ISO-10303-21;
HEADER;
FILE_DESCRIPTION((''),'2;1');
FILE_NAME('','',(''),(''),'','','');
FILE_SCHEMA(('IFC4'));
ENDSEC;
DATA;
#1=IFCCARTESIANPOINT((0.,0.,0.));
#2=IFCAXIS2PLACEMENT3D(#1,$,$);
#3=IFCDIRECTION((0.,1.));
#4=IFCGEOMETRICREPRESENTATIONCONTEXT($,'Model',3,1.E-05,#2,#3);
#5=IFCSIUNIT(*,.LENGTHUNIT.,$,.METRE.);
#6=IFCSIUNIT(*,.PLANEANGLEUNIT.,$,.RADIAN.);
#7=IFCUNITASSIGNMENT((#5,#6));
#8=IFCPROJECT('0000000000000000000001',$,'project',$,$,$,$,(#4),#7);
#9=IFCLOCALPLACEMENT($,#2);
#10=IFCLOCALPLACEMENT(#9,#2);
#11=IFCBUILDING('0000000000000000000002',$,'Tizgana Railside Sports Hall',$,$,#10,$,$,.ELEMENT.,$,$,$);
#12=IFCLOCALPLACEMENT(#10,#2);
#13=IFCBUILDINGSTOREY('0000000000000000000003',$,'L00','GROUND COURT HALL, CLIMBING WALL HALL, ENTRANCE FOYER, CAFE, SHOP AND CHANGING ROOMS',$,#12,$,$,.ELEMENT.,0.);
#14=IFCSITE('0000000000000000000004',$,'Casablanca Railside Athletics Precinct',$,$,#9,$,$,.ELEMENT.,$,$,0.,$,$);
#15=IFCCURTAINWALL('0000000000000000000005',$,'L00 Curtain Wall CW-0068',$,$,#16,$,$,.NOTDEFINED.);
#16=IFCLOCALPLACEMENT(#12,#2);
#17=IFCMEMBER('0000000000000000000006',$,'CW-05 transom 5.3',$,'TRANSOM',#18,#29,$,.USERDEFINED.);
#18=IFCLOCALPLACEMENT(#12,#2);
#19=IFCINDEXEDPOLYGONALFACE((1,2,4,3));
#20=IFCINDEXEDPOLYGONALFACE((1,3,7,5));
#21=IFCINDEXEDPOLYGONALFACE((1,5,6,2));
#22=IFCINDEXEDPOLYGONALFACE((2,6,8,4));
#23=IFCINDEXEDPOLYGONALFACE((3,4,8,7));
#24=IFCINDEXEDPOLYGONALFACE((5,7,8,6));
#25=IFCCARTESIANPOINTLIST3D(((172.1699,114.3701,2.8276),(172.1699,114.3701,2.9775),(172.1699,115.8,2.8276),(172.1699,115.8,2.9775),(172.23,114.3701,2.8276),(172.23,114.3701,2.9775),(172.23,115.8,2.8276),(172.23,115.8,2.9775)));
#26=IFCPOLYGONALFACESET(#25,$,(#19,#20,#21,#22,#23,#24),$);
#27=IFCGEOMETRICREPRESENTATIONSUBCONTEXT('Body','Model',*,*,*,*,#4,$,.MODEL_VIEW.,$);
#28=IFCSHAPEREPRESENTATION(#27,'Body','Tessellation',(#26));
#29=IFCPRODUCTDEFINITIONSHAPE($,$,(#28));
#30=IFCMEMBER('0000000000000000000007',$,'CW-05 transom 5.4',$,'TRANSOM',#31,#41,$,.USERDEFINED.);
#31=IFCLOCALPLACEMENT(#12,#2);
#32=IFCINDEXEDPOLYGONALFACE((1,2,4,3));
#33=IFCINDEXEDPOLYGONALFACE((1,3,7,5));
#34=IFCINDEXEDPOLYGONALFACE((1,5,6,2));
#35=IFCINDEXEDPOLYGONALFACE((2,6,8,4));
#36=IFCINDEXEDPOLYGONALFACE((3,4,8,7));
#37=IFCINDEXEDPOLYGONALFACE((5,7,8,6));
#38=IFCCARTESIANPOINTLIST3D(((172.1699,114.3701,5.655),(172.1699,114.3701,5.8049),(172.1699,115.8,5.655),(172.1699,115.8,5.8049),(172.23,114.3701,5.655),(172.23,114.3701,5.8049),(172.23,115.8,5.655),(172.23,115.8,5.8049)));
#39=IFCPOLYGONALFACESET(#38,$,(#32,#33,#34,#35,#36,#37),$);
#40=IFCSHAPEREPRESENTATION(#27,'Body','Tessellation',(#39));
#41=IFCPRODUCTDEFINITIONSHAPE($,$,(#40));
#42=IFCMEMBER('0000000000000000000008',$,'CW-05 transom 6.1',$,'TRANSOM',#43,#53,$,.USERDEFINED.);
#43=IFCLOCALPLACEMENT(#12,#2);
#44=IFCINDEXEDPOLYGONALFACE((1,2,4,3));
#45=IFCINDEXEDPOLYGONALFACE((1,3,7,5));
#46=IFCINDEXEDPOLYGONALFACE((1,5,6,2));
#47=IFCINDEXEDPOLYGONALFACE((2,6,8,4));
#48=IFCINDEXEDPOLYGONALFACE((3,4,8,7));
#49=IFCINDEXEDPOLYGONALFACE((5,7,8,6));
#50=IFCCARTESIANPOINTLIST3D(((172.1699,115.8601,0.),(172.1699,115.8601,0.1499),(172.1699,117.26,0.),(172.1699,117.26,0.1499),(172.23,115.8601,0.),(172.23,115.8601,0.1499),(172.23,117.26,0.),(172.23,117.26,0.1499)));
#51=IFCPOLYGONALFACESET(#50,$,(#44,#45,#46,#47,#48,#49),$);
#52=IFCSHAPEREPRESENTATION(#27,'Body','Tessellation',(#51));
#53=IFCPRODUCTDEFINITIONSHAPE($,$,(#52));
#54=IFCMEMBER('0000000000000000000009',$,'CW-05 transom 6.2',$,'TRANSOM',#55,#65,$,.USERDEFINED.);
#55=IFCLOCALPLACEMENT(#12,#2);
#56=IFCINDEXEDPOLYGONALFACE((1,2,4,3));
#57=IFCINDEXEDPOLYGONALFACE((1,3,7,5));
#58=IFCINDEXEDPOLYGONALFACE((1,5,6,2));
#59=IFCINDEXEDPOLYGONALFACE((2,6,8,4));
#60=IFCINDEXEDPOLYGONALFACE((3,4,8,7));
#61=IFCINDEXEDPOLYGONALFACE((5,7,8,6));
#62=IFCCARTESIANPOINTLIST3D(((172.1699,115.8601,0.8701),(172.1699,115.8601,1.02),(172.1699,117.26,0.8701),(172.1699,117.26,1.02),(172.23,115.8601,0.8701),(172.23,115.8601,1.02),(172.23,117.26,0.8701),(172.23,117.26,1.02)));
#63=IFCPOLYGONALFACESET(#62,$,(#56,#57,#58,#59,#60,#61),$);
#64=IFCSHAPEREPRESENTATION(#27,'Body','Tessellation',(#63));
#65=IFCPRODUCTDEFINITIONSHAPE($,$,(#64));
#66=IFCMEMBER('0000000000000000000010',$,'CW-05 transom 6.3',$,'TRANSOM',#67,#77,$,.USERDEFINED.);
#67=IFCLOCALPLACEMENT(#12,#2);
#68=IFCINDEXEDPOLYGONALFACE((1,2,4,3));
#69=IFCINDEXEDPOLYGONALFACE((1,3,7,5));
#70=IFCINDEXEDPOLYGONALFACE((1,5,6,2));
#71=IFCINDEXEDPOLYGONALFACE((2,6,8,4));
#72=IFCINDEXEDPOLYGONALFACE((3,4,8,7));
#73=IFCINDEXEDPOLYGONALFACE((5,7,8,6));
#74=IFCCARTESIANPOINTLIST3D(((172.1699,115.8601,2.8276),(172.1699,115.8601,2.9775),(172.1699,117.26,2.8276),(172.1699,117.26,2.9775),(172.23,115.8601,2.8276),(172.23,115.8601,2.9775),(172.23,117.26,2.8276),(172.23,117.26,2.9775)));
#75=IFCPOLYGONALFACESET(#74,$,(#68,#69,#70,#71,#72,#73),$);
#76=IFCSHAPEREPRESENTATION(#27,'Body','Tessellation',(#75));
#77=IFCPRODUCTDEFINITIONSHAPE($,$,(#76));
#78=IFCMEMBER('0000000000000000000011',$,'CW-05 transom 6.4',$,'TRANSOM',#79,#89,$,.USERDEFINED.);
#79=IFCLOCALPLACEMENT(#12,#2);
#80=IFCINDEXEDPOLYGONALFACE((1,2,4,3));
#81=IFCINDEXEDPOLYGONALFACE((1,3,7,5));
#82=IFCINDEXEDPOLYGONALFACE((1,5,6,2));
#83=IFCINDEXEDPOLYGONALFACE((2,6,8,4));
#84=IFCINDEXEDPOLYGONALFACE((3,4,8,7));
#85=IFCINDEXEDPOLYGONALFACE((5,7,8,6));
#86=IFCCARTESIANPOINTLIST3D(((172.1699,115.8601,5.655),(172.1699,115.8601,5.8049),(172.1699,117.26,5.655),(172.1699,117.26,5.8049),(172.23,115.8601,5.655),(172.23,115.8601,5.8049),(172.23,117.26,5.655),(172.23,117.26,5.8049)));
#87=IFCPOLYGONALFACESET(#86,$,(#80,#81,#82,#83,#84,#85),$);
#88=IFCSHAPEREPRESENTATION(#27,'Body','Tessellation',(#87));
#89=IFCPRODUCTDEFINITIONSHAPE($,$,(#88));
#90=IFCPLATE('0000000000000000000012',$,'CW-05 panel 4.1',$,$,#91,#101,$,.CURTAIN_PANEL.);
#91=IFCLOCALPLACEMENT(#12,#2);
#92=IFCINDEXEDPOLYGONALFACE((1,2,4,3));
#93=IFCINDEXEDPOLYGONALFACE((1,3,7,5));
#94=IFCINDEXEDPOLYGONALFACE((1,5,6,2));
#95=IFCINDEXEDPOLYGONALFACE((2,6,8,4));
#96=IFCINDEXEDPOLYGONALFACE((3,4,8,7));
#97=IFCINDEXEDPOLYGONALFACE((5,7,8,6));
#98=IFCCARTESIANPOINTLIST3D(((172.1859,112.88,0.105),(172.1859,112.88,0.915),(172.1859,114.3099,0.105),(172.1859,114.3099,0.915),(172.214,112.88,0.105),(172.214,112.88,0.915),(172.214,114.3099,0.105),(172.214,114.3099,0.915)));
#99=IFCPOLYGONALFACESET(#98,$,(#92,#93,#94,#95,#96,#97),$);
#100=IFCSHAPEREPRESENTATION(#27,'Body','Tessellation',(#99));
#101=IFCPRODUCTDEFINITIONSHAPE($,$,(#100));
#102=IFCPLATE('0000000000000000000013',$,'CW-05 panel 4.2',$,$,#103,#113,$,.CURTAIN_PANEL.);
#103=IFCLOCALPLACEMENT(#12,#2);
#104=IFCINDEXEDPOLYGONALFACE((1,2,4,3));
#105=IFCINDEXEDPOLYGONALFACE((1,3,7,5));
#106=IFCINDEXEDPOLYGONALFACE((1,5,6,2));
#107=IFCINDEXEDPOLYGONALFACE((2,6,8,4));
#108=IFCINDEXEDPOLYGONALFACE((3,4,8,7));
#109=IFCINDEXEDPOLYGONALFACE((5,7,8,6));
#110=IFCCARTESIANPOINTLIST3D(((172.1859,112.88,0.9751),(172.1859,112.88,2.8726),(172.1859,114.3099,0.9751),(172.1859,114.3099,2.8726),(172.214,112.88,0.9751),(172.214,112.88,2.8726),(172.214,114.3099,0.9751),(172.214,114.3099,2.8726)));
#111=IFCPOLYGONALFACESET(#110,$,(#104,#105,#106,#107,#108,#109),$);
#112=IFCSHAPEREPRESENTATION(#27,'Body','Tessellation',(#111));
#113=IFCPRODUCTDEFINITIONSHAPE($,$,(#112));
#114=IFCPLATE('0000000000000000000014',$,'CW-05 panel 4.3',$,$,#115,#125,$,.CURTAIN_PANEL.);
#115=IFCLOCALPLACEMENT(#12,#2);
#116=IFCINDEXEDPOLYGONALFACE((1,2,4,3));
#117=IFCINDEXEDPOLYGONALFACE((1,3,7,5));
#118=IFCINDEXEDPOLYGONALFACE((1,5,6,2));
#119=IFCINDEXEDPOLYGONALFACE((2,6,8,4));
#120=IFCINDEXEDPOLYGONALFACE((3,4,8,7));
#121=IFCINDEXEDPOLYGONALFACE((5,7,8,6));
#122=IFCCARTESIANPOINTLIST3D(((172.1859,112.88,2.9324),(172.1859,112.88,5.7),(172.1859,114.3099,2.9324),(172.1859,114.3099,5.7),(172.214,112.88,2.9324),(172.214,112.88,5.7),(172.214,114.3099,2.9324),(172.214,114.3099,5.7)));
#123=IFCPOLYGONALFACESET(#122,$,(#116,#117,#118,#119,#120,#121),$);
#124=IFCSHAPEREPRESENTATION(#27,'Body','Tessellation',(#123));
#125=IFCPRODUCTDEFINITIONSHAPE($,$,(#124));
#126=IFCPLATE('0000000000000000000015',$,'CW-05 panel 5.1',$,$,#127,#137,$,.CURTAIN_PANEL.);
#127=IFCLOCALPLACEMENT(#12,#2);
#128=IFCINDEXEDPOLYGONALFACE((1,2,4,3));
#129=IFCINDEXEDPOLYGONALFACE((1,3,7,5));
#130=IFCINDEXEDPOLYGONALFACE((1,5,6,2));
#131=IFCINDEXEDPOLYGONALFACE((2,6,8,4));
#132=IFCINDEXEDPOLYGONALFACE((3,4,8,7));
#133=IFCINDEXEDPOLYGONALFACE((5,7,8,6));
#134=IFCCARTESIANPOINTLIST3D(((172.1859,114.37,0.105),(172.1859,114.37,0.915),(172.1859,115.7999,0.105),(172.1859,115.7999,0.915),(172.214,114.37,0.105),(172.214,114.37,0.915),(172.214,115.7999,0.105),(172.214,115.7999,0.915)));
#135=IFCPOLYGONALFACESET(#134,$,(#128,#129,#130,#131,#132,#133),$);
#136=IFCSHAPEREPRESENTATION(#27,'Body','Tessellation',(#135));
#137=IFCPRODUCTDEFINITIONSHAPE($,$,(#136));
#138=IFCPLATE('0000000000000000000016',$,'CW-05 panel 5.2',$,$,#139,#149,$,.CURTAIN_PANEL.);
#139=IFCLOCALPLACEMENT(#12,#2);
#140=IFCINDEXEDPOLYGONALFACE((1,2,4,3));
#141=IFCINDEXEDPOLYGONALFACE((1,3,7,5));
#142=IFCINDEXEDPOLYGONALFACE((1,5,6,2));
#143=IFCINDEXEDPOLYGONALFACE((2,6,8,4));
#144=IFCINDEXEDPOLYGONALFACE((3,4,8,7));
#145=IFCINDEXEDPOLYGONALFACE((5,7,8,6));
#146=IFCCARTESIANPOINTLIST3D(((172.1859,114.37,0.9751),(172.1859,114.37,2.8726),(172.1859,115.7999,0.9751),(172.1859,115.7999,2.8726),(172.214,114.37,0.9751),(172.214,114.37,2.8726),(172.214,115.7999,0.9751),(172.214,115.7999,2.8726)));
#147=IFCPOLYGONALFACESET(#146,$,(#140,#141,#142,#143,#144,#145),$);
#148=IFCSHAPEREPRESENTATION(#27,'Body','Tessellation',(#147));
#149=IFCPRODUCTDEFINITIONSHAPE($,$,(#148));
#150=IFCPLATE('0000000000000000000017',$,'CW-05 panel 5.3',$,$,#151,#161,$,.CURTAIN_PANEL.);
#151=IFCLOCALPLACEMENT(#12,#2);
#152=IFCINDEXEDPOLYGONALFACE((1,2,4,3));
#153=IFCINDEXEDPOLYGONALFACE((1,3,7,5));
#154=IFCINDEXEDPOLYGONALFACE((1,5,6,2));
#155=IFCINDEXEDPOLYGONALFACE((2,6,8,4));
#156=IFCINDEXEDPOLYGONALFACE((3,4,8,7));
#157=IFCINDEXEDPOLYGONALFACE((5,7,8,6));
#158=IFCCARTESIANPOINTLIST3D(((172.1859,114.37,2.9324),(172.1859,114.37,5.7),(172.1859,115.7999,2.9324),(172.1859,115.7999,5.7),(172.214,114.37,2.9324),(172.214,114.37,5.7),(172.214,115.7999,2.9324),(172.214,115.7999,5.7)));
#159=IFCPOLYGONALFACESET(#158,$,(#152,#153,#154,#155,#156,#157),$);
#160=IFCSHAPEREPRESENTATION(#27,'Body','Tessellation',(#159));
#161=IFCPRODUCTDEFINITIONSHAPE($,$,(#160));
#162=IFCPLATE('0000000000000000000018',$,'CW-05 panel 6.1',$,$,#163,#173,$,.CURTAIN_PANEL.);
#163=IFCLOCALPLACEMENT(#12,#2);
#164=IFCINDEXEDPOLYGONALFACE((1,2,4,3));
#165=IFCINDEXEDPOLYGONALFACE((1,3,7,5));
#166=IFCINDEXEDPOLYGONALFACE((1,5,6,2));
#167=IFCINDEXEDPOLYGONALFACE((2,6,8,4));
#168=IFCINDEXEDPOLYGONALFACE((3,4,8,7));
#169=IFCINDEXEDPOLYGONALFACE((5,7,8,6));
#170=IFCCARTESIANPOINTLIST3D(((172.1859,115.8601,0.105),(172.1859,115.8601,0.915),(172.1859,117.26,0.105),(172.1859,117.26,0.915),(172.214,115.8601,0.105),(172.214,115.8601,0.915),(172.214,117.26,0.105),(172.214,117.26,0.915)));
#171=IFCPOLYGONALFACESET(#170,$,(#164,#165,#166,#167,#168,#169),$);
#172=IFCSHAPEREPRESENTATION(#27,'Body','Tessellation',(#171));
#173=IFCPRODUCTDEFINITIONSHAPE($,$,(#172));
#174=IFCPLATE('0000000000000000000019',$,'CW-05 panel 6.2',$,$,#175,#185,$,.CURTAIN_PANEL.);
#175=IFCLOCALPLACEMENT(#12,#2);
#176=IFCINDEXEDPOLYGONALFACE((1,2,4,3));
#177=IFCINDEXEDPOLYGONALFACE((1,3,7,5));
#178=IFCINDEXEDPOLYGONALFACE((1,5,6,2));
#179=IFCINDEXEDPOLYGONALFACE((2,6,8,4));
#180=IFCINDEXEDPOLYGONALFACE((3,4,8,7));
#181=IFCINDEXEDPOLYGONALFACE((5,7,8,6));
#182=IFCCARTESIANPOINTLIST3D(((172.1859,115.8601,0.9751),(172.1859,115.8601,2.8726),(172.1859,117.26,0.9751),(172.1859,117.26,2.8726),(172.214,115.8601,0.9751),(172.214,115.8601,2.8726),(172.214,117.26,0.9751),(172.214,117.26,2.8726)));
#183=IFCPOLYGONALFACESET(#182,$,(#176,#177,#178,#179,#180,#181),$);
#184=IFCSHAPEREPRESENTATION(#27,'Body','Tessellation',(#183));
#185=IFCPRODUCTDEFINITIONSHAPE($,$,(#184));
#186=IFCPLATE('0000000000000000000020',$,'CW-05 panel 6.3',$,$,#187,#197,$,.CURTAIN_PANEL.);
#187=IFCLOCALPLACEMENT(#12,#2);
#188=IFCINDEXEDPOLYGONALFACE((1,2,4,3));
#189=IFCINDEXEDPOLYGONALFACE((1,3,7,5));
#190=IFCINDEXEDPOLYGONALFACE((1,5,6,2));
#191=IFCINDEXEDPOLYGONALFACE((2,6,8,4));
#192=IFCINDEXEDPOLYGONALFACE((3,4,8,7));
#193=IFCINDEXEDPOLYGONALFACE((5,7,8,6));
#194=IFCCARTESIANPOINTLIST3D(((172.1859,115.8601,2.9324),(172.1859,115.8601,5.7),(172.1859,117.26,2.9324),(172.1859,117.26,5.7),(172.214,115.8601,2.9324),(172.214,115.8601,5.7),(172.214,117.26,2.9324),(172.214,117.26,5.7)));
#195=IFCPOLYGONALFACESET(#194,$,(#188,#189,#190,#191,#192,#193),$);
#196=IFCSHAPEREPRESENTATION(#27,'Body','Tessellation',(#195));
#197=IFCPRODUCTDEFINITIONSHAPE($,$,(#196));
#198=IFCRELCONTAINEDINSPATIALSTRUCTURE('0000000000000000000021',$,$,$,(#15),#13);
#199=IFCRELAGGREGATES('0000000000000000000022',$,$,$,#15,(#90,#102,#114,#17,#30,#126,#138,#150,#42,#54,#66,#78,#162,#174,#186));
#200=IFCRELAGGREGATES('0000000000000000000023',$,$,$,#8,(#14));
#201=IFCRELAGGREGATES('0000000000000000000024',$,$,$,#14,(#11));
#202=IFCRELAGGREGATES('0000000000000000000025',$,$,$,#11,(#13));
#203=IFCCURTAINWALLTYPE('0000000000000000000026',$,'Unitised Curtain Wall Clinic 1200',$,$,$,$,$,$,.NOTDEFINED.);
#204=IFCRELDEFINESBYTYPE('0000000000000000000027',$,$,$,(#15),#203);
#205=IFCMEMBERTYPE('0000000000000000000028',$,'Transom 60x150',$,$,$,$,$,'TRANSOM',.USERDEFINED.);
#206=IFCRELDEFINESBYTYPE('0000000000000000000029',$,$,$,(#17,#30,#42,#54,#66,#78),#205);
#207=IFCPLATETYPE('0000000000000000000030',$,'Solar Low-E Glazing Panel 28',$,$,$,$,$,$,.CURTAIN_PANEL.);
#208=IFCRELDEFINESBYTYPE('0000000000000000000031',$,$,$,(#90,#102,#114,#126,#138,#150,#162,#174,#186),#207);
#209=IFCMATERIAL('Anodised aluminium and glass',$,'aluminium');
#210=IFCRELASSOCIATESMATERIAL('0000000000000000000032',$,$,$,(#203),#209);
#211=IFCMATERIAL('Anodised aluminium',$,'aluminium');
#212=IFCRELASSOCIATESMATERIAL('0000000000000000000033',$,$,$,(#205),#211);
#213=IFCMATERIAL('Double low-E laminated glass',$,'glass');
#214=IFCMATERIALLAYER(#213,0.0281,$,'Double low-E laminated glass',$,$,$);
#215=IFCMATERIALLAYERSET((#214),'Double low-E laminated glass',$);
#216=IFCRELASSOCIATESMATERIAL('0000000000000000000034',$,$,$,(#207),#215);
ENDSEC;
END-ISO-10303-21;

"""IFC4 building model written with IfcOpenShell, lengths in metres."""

from ifc_helpers import new_model, si_unit, direction, frame, origin, origin_2d, place, context, subcontext, project, spatial, rectangle, extrude, material, layer, layer_set, material_profile, profile_set, type_object, element, aggregate, save


model = new_model("IFC4")

# Units and contexts
model_context = context("Model", 3, precision=1e-05, world=origin(), true_north=direction((0.0, 1.0)))
body_context = subcontext(model_context, "Body", "Model", "MODEL_VIEW")
ifc_project = project(units=[si_unit("LENGTHUNIT", "METRE"), si_unit("PLANEANGLEUNIT", "RADIAN")], contexts=[model_context])

# Site, building, storey
site_placement = place(None, origin())
site = spatial("IfcSite", under=ifc_project, at=site_placement, Name="Casablanca Railside Athletics Precinct", CompositionType="ELEMENT", RefElevation=0.0)
building_placement = place(site_placement, origin())
building = spatial("IfcBuilding", under=site, at=building_placement, Name="Tizgana Railside Sports Hall", CompositionType="ELEMENT")
storey_placement = place(building_placement, origin())
storey = spatial("IfcBuildingStorey", under=building, at=storey_placement, Name="L00", Description="GROUND COURT HALL, CLIMBING WALL HALL, ENTRANCE FOYER, CAFE, SHOP AND CHANGING ROOMS", CompositionType="ELEMENT", Elevation=0.0)

# Curtain wall
ifc_material_1 = material(Name="Anodised aluminium and glass", Category="aluminium")
curtain_wall_type_1 = type_object("IfcCurtainWallType", Name="Unitised Curtain Wall Clinic 1200", PredefinedType="NOTDEFINED", material=ifc_material_1)
curtain_wall_1_placement = place(storey_placement, origin())
curtain_wall_1 = element("IfcCurtainWall", 1, at=curtain_wall_1_placement, inside=storey, type_object=curtain_wall_type_1, Name="L00 Curtain Wall CW-0068", PredefinedType="NOTDEFINED")
ifc_material_2 = material(Name="Anodised aluminium", Category="aluminium")

# Members
ifc_material_profile_1 = material_profile(ifc_material_2, rectangle(XDim=0.0601, YDim=0.1499, at=origin_2d()), Name="Transom 60x150")
ifc_profile_set_1 = profile_set([ifc_material_profile_1], Name="Anodised aluminium")
member_type_1 = type_object("IfcMemberType", Name="Transom 60x150", ElementType="TRANSOM", PredefinedType="USERDEFINED", material=ifc_profile_set_1)
member_1_placement = place(storey_placement, frame((172.2, 114.3701, 2.9026), z_axis=(0.0, 1.0, 0.0), x_axis=(-1.0, 0.0, 0.0)))
member_1 = element("IfcMember", 2, at=member_1_placement, type_object=member_type_1, Name="CW-05 transom 5.3", ObjectType="TRANSOM", PredefinedType="USERDEFINED", context=body_context, shape_type="SweptSolid", body=[
    extrude(rectangle(XDim=0.0601, YDim=0.1499, at=origin_2d()), origin(), (0.0, 0.0, 1.0), 1.4299),
])
member_2_placement = place(storey_placement, frame((172.2, 114.3701, 5.73), z_axis=(0.0, 1.0, 0.0), x_axis=(-1.0, 0.0, 0.0)))
member_2 = element("IfcMember", 3, at=member_2_placement, type_object=member_type_1, Name="CW-05 transom 5.4", ObjectType="TRANSOM", PredefinedType="USERDEFINED", context=body_context, shape_type="SweptSolid", body=[
    extrude(rectangle(XDim=0.0601, YDim=0.1499, at=origin_2d()), origin(), (0.0, 0.0, 1.0), 1.4299),
])
member_3_placement = place(storey_placement, frame((172.2, 115.8601, 0.075), z_axis=(0.0, 1.0, 0.0), x_axis=(-1.0, 0.0, 0.0)))
member_3 = element("IfcMember", 4, at=member_3_placement, type_object=member_type_1, Name="CW-05 transom 6.1", ObjectType="TRANSOM", PredefinedType="USERDEFINED", context=body_context, shape_type="SweptSolid", body=[
    extrude(rectangle(XDim=0.0601, YDim=0.1499, at=origin_2d()), origin(), (0.0, 0.0, 1.0), 1.3999),
])
member_4_placement = place(storey_placement, frame((172.2, 115.8601, 0.9451), z_axis=(0.0, 1.0, 0.0), x_axis=(-1.0, 0.0, 0.0)))
member_4 = element("IfcMember", 5, at=member_4_placement, type_object=member_type_1, Name="CW-05 transom 6.2", ObjectType="TRANSOM", PredefinedType="USERDEFINED", context=body_context, shape_type="SweptSolid", body=[
    extrude(rectangle(XDim=0.0601, YDim=0.1499, at=origin_2d()), origin(), (0.0, 0.0, 1.0), 1.3999),
])
member_5_placement = place(storey_placement, frame((172.2, 115.8601, 2.9026), z_axis=(0.0, 1.0, 0.0), x_axis=(-1.0, 0.0, 0.0)))
member_5 = element("IfcMember", 6, at=member_5_placement, type_object=member_type_1, Name="CW-05 transom 6.3", ObjectType="TRANSOM", PredefinedType="USERDEFINED", context=body_context, shape_type="SweptSolid", body=[
    extrude(rectangle(XDim=0.0601, YDim=0.1499, at=origin_2d()), origin(), (0.0, 0.0, 1.0), 1.3999),
])
member_6_placement = place(storey_placement, frame((172.2, 115.8601, 5.73), z_axis=(0.0, 1.0, 0.0), x_axis=(-1.0, 0.0, 0.0)))
member_6 = element("IfcMember", 7, at=member_6_placement, type_object=member_type_1, Name="CW-05 transom 6.4", ObjectType="TRANSOM", PredefinedType="USERDEFINED", context=body_context, shape_type="SweptSolid", body=[
    extrude(rectangle(XDim=0.0601, YDim=0.1499, at=origin_2d()), origin(), (0.0, 0.0, 1.0), 1.3999),
])

# Plates
ifc_material_3 = material(Name="Double low-E laminated glass", Category="glass")
ifc_layer_1 = layer(ifc_material_3, 0.0281, Name="Double low-E laminated glass")
ifc_layer_set_1 = layer_set([ifc_layer_1], Name="Double low-E laminated glass")
plate_type = type_object("IfcPlateType", Name="Solar Low-E Glazing Panel 28", PredefinedType="CURTAIN_PANEL", material=ifc_layer_set_1)
plate_1_placement = place(storey_placement, frame((172.2, 113.595, 0.105), z_axis=(0.0, 0.0, 1.0), x_axis=(0.0, 1.0, 0.0)))
plate_1 = element("IfcPlate", 8, at=plate_1_placement, type_object=plate_type, Name="CW-05 panel 4.1", PredefinedType="CURTAIN_PANEL", context=body_context, shape_type="SweptSolid", body=[
    extrude(rectangle(XDim=1.4299, YDim=0.0281, at=origin_2d()), origin(), (0.0, 0.0, 1.0), 0.8101),
])
plate_2_placement = place(storey_placement, frame((172.2, 113.595, 0.9751), z_axis=(0.0, 0.0, 1.0), x_axis=(0.0, 1.0, 0.0)))
plate_2 = element("IfcPlate", 9, at=plate_2_placement, type_object=plate_type, Name="CW-05 panel 4.2", PredefinedType="CURTAIN_PANEL", context=body_context, shape_type="SweptSolid", body=[
    extrude(rectangle(XDim=1.4299, YDim=0.0281, at=origin_2d()), origin(), (0.0, 0.0, 1.0), 1.8975),
])
plate_3_placement = place(storey_placement, frame((172.2, 113.595, 2.9324), z_axis=(0.0, 0.0, 1.0), x_axis=(0.0, 1.0, 0.0)))
plate_3 = element("IfcPlate", 10, at=plate_3_placement, type_object=plate_type, Name="CW-05 panel 4.3", PredefinedType="CURTAIN_PANEL", context=body_context, shape_type="SweptSolid", body=[
    extrude(rectangle(XDim=1.4299, YDim=0.0281, at=origin_2d()), origin(), (0.0, 0.0, 1.0), 2.7676),
])
plate_4_placement = place(storey_placement, frame((172.2, 115.085, 0.105), z_axis=(0.0, 0.0, 1.0), x_axis=(0.0, 1.0, 0.0)))
plate_4 = element("IfcPlate", 11, at=plate_4_placement, type_object=plate_type, Name="CW-05 panel 5.1", PredefinedType="CURTAIN_PANEL", context=body_context, shape_type="SweptSolid", body=[
    extrude(rectangle(XDim=1.4299, YDim=0.0281, at=origin_2d()), origin(), (0.0, 0.0, 1.0), 0.8101),
])
plate_5_placement = place(storey_placement, frame((172.2, 115.085, 0.9751), z_axis=(0.0, 0.0, 1.0), x_axis=(0.0, 1.0, 0.0)))
plate_5 = element("IfcPlate", 12, at=plate_5_placement, type_object=plate_type, Name="CW-05 panel 5.2", PredefinedType="CURTAIN_PANEL", context=body_context, shape_type="SweptSolid", body=[
    extrude(rectangle(XDim=1.4299, YDim=0.0281, at=origin_2d()), origin(), (0.0, 0.0, 1.0), 1.8975),
])
plate_6_placement = place(storey_placement, frame((172.2, 115.085, 2.9324), z_axis=(0.0, 0.0, 1.0), x_axis=(0.0, 1.0, 0.0)))
plate_6 = element("IfcPlate", 13, at=plate_6_placement, type_object=plate_type, Name="CW-05 panel 5.3", PredefinedType="CURTAIN_PANEL", context=body_context, shape_type="SweptSolid", body=[
    extrude(rectangle(XDim=1.4299, YDim=0.0281, at=origin_2d()), origin(), (0.0, 0.0, 1.0), 2.7676),
])
plate_7_placement = place(storey_placement, frame((172.2, 116.5601, 0.105), z_axis=(0.0, 0.0, 1.0), x_axis=(0.0, 1.0, 0.0)))
plate_7 = element("IfcPlate", 14, at=plate_7_placement, type_object=plate_type, Name="CW-05 panel 6.1", PredefinedType="CURTAIN_PANEL", context=body_context, shape_type="SweptSolid", body=[
    extrude(rectangle(XDim=1.3999, YDim=0.0281, at=origin_2d()), origin(), (0.0, 0.0, 1.0), 0.8101),
])
plate_8_placement = place(storey_placement, frame((172.2, 116.5601, 0.9751), z_axis=(0.0, 0.0, 1.0), x_axis=(0.0, 1.0, 0.0)))
plate_8 = element("IfcPlate", 15, at=plate_8_placement, type_object=plate_type, Name="CW-05 panel 6.2", PredefinedType="CURTAIN_PANEL", context=body_context, shape_type="SweptSolid", body=[
    extrude(rectangle(XDim=1.3999, YDim=0.0281, at=origin_2d()), origin(), (0.0, 0.0, 1.0), 1.8975),
])
plate_9_placement = place(storey_placement, frame((172.2, 116.5601, 2.9324), z_axis=(0.0, 0.0, 1.0), x_axis=(0.0, 1.0, 0.0)))
plate_9 = element("IfcPlate", 16, at=plate_9_placement, type_object=plate_type, Name="CW-05 panel 6.3", PredefinedType="CURTAIN_PANEL", context=body_context, shape_type="SweptSolid", body=[
    extrude(rectangle(XDim=1.3999, YDim=0.0281, at=origin_2d()), origin(), (0.0, 0.0, 1.0), 2.7676),
])
aggregate(curtain_wall_1, [plate_1, plate_2, plate_3, member_1, member_2, plate_4, plate_5, plate_6, member_3, member_4, member_5, member_6, plate_7, plate_8, plate_9])

save(model, "model.ifc")
